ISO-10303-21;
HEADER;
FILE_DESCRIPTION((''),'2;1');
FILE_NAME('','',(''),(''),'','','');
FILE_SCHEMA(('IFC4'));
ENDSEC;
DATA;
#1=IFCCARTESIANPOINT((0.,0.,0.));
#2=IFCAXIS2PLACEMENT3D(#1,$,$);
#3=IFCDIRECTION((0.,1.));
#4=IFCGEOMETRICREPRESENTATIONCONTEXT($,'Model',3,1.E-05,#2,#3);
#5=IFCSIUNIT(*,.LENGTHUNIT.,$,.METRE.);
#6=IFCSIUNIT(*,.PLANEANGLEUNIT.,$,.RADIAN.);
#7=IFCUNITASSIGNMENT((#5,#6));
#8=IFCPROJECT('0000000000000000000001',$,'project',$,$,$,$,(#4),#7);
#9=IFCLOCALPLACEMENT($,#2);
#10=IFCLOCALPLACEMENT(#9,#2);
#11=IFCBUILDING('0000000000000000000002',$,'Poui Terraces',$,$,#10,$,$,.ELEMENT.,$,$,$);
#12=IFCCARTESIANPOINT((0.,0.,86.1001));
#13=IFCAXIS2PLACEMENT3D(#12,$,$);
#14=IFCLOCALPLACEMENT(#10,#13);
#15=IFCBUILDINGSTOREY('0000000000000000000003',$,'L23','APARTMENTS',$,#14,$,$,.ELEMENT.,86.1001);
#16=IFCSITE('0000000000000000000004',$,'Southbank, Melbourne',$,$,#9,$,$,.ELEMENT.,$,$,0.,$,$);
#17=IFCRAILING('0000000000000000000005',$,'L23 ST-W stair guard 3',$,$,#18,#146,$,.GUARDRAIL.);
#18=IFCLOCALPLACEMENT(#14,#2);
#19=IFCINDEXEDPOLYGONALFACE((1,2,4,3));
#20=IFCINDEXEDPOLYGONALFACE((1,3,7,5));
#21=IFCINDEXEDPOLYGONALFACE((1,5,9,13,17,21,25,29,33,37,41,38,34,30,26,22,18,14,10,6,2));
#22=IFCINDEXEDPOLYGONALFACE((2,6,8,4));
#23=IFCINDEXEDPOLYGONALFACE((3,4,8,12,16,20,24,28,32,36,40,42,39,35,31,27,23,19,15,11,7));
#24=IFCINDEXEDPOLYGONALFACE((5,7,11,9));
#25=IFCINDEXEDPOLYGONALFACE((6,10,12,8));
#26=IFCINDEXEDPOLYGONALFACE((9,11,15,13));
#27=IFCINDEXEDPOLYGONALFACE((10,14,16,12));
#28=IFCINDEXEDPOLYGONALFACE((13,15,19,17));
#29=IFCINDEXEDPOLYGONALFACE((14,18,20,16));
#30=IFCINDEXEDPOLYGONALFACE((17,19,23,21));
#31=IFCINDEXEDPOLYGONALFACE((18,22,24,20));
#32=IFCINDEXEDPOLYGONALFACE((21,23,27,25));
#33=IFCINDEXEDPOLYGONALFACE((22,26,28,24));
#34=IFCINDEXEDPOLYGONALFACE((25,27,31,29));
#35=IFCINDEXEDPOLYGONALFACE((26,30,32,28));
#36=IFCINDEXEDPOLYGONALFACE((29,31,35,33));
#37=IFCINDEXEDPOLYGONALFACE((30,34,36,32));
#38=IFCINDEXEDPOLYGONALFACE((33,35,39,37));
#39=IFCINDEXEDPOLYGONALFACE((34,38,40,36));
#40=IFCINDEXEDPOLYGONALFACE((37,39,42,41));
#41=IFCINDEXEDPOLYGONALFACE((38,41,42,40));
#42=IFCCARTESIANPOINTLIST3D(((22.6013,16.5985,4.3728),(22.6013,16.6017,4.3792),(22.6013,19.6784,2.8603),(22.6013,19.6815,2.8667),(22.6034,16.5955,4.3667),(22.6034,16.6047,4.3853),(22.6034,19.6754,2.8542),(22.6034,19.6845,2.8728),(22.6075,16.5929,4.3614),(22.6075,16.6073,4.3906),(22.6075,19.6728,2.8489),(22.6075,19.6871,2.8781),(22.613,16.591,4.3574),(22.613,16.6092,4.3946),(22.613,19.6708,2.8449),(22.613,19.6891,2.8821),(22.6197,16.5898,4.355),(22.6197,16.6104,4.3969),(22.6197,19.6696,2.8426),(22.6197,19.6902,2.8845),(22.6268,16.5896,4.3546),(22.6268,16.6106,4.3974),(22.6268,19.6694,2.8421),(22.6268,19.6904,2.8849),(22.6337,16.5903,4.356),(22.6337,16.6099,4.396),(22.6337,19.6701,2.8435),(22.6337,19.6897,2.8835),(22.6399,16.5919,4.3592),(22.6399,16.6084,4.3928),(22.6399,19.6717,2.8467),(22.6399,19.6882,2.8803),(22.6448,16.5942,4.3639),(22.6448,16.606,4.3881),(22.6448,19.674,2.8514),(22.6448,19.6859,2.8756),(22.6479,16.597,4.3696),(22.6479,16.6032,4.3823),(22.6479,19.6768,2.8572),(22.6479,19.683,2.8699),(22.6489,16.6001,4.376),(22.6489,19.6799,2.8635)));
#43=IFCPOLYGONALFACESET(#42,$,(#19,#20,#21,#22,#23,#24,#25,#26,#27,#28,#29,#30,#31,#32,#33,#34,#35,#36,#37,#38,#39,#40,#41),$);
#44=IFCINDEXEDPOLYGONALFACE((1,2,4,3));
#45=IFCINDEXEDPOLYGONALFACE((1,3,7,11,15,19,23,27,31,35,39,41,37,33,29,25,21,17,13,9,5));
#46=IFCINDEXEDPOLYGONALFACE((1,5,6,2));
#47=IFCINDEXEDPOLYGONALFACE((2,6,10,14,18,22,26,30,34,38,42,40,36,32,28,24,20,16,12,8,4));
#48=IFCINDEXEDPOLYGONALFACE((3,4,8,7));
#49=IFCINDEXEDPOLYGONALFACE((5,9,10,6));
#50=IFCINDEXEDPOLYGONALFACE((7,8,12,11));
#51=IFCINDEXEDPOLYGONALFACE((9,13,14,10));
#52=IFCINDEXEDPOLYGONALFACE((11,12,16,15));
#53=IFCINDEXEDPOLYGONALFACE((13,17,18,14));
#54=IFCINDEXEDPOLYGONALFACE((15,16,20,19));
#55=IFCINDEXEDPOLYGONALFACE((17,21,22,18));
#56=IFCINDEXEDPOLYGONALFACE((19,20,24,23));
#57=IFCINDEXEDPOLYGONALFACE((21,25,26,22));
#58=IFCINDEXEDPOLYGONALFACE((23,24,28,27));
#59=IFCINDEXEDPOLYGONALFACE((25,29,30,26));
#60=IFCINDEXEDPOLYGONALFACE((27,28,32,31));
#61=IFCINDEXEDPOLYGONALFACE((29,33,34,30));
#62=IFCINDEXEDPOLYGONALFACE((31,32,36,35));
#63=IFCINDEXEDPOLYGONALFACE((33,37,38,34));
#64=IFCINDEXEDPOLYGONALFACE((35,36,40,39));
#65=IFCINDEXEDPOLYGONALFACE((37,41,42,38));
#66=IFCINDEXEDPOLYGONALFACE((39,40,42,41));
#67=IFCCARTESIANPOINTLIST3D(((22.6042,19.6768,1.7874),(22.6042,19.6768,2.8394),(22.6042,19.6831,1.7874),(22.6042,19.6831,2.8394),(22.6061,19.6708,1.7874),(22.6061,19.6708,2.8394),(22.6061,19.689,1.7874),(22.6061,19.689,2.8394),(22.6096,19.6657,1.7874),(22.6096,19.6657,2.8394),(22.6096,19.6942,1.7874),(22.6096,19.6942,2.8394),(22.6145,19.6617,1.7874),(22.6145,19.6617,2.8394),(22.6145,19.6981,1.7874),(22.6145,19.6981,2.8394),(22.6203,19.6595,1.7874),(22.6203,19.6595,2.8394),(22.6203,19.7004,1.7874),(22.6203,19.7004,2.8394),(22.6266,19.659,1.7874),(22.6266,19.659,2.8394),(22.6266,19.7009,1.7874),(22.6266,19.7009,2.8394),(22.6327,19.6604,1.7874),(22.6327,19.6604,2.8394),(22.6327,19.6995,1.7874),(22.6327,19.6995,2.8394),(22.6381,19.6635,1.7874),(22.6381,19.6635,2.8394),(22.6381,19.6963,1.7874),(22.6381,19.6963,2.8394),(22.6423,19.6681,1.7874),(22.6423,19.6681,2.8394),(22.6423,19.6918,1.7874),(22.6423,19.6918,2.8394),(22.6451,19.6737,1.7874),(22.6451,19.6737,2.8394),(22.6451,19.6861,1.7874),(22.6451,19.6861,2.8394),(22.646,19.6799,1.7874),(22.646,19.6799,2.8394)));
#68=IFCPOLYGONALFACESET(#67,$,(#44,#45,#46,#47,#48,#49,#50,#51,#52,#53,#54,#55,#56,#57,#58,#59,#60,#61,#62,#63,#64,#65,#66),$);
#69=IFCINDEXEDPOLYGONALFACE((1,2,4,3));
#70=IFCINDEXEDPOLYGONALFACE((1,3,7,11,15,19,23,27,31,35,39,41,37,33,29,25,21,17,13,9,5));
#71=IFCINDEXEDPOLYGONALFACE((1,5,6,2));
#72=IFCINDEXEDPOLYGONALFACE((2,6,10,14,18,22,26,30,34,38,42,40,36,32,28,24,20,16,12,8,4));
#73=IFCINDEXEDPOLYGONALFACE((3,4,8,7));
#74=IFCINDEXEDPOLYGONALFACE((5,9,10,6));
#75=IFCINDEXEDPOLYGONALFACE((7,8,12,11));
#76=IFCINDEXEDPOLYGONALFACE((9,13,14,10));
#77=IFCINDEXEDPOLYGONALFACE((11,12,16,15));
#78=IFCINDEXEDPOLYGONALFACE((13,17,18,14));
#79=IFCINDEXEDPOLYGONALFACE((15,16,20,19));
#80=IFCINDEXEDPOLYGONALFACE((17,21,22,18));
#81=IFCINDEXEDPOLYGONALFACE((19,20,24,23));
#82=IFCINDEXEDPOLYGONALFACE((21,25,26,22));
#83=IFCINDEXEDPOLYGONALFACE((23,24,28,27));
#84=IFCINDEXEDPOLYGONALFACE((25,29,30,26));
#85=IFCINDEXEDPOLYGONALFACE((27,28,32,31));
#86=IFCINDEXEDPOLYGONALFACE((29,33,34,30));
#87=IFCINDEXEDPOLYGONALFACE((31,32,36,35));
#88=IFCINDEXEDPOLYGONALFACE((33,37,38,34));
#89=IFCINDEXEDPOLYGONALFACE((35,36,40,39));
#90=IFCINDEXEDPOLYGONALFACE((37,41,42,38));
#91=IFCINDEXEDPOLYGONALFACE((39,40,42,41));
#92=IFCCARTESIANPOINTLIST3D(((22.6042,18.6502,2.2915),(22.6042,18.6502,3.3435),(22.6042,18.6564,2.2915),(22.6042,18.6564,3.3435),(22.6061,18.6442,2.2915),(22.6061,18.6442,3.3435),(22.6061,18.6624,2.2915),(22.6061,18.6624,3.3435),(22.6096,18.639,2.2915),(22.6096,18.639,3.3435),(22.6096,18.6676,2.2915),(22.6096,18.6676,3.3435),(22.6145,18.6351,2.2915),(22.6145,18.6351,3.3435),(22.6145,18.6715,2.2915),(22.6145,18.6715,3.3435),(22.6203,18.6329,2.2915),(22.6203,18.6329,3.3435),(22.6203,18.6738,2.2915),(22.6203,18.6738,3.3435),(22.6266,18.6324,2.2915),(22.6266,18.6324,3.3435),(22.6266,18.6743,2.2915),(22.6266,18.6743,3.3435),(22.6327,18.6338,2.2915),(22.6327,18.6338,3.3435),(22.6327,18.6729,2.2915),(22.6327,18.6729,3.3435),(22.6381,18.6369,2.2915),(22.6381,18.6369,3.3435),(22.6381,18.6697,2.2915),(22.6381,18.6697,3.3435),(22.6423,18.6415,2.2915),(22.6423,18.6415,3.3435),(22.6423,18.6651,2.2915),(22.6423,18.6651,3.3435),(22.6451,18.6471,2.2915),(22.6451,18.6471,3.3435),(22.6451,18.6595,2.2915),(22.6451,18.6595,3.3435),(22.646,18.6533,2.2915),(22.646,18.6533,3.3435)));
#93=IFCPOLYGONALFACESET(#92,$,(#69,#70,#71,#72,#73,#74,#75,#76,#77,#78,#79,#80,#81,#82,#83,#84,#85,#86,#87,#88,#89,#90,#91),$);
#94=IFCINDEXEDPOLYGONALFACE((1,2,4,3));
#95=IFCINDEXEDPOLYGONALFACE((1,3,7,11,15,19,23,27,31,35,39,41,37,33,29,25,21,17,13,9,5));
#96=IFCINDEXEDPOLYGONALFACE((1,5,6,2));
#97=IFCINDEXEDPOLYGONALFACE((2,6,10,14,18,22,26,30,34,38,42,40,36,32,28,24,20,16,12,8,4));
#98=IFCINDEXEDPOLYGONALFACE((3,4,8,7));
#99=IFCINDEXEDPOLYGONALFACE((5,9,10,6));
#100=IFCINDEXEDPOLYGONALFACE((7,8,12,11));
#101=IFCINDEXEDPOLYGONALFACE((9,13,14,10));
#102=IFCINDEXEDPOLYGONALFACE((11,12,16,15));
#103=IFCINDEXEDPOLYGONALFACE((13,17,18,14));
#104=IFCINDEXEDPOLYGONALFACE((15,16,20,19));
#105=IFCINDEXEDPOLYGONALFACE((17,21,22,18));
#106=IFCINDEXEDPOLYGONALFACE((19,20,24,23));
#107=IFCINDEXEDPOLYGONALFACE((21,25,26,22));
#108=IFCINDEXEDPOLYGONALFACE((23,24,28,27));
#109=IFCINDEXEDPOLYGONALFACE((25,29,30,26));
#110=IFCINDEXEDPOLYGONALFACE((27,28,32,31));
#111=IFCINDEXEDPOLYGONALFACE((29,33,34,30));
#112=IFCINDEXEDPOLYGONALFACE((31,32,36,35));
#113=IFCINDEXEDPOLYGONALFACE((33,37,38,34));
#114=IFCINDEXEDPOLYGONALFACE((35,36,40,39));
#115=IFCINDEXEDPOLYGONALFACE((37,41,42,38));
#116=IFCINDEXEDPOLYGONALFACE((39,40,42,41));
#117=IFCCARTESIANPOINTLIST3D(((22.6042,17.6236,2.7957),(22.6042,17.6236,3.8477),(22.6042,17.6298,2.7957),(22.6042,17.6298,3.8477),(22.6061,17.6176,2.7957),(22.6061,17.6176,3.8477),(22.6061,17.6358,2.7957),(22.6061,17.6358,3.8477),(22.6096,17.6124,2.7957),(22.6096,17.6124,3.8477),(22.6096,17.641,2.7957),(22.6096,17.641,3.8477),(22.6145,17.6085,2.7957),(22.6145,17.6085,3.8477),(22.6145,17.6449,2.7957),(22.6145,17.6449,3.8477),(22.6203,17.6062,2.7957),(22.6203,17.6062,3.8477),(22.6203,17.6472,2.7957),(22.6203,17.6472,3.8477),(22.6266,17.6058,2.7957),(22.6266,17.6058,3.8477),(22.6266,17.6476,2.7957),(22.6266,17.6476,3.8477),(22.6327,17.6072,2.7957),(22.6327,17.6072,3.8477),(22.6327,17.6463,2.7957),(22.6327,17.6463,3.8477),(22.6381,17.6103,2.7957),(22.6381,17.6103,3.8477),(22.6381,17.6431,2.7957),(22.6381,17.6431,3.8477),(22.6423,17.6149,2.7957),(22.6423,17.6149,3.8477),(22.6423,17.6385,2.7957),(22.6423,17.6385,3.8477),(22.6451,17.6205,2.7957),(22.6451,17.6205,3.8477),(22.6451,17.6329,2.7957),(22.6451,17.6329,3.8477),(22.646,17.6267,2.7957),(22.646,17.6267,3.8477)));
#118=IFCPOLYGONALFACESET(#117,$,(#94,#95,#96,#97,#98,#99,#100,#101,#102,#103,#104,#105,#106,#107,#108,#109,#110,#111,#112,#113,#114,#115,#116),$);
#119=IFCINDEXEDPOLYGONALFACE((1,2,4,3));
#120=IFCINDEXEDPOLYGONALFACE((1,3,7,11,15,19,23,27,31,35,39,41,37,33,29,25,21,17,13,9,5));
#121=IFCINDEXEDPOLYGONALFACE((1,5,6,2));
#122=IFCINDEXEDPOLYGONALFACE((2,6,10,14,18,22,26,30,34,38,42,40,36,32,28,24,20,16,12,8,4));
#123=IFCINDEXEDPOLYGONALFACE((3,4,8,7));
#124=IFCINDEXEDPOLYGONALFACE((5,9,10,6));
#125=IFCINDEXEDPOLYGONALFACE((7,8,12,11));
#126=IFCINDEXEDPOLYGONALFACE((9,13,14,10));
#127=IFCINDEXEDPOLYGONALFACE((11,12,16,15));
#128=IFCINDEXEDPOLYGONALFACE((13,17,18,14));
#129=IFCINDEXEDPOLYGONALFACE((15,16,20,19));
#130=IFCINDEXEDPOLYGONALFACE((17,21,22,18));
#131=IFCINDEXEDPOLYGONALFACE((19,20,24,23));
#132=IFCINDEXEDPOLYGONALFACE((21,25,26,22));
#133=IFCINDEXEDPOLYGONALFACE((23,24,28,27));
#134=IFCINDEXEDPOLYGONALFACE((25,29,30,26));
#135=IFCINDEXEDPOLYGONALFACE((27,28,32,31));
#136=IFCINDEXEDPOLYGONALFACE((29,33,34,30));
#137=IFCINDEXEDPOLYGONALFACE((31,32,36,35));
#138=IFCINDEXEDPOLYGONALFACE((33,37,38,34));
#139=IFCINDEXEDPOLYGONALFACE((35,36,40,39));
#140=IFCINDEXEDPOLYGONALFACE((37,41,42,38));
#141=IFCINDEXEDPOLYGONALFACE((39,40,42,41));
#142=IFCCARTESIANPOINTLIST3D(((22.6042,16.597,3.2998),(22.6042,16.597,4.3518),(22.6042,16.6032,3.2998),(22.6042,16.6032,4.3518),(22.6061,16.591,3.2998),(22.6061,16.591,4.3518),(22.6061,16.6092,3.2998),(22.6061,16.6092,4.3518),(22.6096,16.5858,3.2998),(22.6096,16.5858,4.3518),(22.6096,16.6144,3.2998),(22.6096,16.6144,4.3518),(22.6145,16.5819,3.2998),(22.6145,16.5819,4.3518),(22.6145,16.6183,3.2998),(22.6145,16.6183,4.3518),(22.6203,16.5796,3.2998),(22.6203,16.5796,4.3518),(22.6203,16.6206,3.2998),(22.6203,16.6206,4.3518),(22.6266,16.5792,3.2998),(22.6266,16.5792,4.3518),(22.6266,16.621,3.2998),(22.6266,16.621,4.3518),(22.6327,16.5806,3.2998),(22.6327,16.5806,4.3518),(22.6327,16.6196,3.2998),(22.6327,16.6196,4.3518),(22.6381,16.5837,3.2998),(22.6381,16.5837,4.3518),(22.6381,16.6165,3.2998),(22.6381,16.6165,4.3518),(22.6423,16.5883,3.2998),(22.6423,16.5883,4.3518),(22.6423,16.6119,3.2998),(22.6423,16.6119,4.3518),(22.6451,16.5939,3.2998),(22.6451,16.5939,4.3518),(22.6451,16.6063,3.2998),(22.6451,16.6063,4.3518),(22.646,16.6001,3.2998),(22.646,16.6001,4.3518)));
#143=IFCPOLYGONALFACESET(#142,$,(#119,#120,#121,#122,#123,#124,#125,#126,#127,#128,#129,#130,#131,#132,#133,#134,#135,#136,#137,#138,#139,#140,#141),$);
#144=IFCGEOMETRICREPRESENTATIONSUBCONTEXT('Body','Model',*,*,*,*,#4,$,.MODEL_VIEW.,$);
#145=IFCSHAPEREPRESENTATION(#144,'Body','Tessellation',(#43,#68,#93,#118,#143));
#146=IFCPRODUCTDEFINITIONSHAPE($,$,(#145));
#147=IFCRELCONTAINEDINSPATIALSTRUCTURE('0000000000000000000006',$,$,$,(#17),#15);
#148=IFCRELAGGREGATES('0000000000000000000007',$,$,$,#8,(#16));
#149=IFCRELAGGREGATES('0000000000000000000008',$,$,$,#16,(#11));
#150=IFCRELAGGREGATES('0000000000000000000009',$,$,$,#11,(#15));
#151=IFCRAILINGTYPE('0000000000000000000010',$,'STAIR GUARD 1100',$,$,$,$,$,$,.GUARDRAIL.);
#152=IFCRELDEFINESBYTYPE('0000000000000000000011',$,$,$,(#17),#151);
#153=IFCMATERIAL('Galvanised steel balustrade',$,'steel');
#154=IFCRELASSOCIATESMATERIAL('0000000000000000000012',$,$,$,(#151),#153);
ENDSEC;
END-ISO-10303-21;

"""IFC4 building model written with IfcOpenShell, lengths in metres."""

from ifc_helpers import new_model, si_unit, direction, frame, origin, origin_2d, place, context, subcontext, project, spatial, circle, extrude, material, type_object, element, save


model = new_model("IFC4")

# Units and contexts
model_context = context("Model", 3, precision=1e-05, world=origin(), true_north=direction((0.0, 1.0)))
body_context = subcontext(model_context, "Body", "Model", "MODEL_VIEW")
ifc_project = project(units=[si_unit("LENGTHUNIT", "METRE"), si_unit("PLANEANGLEUNIT", "RADIAN")], contexts=[model_context])

# Site, building, storey
site_placement = place(None, origin())
site = spatial("IfcSite", under=ifc_project, at=site_placement, Name="Southbank, Melbourne", CompositionType="ELEMENT", RefElevation=0.0)
building_placement = place(site_placement, origin())
building = spatial("IfcBuilding", under=site, at=building_placement, Name="Poui Terraces", CompositionType="ELEMENT")
storey_placement = place(building_placement, frame((0.0, 0.0, 86.1001)))
storey = spatial("IfcBuildingStorey", under=building, at=storey_placement, Name="L23", Description="APARTMENTS", CompositionType="ELEMENT", Elevation=86.1001)

# Railing
ifc_material_1 = material(Name="Galvanised steel balustrade", Category="steel")
railing_type_1 = type_object("IfcRailingType", Name="STAIR GUARD 1100", PredefinedType="GUARDRAIL", material=ifc_material_1)
railing_1_placement = place(storey_placement, frame((22.625, 19.6799, 1.7874)))
element("IfcRailing", 1, at=railing_1_placement, inside=storey, type_object=railing_type_1, Name="L23 ST-W stair guard 3", PredefinedType="GUARDRAIL", context=body_context, shape_type="SweptSolid", body=[
    extrude(circle(Radius=0.0239, at=origin_2d()), frame((0.0, 0.0, 1.0762), z_axis=(0.0, -0.897606, 0.440798), x_axis=(1.0, 0.0, 0.0)), (0.0, 0.0, 1.0), 3.4312),
    extrude(circle(Radius=0.021, at=origin_2d()), origin(), (0.0, 0.0, 1.0), 1.052),
    extrude(circle(Radius=0.021, at=origin_2d()), frame((0.0, -1.0266, 0.5042)), (0.0, 0.0, 1.0), 1.052),
    extrude(circle(Radius=0.021, at=origin_2d()), frame((0.0, -2.0532, 1.0083)), (0.0, 0.0, 1.0), 1.052),
    extrude(circle(Radius=0.021, at=origin_2d()), frame((0.0, -3.0798, 1.5125)), (0.0, 0.0, 1.0), 1.052),
])

save(model, "model.ifc")
